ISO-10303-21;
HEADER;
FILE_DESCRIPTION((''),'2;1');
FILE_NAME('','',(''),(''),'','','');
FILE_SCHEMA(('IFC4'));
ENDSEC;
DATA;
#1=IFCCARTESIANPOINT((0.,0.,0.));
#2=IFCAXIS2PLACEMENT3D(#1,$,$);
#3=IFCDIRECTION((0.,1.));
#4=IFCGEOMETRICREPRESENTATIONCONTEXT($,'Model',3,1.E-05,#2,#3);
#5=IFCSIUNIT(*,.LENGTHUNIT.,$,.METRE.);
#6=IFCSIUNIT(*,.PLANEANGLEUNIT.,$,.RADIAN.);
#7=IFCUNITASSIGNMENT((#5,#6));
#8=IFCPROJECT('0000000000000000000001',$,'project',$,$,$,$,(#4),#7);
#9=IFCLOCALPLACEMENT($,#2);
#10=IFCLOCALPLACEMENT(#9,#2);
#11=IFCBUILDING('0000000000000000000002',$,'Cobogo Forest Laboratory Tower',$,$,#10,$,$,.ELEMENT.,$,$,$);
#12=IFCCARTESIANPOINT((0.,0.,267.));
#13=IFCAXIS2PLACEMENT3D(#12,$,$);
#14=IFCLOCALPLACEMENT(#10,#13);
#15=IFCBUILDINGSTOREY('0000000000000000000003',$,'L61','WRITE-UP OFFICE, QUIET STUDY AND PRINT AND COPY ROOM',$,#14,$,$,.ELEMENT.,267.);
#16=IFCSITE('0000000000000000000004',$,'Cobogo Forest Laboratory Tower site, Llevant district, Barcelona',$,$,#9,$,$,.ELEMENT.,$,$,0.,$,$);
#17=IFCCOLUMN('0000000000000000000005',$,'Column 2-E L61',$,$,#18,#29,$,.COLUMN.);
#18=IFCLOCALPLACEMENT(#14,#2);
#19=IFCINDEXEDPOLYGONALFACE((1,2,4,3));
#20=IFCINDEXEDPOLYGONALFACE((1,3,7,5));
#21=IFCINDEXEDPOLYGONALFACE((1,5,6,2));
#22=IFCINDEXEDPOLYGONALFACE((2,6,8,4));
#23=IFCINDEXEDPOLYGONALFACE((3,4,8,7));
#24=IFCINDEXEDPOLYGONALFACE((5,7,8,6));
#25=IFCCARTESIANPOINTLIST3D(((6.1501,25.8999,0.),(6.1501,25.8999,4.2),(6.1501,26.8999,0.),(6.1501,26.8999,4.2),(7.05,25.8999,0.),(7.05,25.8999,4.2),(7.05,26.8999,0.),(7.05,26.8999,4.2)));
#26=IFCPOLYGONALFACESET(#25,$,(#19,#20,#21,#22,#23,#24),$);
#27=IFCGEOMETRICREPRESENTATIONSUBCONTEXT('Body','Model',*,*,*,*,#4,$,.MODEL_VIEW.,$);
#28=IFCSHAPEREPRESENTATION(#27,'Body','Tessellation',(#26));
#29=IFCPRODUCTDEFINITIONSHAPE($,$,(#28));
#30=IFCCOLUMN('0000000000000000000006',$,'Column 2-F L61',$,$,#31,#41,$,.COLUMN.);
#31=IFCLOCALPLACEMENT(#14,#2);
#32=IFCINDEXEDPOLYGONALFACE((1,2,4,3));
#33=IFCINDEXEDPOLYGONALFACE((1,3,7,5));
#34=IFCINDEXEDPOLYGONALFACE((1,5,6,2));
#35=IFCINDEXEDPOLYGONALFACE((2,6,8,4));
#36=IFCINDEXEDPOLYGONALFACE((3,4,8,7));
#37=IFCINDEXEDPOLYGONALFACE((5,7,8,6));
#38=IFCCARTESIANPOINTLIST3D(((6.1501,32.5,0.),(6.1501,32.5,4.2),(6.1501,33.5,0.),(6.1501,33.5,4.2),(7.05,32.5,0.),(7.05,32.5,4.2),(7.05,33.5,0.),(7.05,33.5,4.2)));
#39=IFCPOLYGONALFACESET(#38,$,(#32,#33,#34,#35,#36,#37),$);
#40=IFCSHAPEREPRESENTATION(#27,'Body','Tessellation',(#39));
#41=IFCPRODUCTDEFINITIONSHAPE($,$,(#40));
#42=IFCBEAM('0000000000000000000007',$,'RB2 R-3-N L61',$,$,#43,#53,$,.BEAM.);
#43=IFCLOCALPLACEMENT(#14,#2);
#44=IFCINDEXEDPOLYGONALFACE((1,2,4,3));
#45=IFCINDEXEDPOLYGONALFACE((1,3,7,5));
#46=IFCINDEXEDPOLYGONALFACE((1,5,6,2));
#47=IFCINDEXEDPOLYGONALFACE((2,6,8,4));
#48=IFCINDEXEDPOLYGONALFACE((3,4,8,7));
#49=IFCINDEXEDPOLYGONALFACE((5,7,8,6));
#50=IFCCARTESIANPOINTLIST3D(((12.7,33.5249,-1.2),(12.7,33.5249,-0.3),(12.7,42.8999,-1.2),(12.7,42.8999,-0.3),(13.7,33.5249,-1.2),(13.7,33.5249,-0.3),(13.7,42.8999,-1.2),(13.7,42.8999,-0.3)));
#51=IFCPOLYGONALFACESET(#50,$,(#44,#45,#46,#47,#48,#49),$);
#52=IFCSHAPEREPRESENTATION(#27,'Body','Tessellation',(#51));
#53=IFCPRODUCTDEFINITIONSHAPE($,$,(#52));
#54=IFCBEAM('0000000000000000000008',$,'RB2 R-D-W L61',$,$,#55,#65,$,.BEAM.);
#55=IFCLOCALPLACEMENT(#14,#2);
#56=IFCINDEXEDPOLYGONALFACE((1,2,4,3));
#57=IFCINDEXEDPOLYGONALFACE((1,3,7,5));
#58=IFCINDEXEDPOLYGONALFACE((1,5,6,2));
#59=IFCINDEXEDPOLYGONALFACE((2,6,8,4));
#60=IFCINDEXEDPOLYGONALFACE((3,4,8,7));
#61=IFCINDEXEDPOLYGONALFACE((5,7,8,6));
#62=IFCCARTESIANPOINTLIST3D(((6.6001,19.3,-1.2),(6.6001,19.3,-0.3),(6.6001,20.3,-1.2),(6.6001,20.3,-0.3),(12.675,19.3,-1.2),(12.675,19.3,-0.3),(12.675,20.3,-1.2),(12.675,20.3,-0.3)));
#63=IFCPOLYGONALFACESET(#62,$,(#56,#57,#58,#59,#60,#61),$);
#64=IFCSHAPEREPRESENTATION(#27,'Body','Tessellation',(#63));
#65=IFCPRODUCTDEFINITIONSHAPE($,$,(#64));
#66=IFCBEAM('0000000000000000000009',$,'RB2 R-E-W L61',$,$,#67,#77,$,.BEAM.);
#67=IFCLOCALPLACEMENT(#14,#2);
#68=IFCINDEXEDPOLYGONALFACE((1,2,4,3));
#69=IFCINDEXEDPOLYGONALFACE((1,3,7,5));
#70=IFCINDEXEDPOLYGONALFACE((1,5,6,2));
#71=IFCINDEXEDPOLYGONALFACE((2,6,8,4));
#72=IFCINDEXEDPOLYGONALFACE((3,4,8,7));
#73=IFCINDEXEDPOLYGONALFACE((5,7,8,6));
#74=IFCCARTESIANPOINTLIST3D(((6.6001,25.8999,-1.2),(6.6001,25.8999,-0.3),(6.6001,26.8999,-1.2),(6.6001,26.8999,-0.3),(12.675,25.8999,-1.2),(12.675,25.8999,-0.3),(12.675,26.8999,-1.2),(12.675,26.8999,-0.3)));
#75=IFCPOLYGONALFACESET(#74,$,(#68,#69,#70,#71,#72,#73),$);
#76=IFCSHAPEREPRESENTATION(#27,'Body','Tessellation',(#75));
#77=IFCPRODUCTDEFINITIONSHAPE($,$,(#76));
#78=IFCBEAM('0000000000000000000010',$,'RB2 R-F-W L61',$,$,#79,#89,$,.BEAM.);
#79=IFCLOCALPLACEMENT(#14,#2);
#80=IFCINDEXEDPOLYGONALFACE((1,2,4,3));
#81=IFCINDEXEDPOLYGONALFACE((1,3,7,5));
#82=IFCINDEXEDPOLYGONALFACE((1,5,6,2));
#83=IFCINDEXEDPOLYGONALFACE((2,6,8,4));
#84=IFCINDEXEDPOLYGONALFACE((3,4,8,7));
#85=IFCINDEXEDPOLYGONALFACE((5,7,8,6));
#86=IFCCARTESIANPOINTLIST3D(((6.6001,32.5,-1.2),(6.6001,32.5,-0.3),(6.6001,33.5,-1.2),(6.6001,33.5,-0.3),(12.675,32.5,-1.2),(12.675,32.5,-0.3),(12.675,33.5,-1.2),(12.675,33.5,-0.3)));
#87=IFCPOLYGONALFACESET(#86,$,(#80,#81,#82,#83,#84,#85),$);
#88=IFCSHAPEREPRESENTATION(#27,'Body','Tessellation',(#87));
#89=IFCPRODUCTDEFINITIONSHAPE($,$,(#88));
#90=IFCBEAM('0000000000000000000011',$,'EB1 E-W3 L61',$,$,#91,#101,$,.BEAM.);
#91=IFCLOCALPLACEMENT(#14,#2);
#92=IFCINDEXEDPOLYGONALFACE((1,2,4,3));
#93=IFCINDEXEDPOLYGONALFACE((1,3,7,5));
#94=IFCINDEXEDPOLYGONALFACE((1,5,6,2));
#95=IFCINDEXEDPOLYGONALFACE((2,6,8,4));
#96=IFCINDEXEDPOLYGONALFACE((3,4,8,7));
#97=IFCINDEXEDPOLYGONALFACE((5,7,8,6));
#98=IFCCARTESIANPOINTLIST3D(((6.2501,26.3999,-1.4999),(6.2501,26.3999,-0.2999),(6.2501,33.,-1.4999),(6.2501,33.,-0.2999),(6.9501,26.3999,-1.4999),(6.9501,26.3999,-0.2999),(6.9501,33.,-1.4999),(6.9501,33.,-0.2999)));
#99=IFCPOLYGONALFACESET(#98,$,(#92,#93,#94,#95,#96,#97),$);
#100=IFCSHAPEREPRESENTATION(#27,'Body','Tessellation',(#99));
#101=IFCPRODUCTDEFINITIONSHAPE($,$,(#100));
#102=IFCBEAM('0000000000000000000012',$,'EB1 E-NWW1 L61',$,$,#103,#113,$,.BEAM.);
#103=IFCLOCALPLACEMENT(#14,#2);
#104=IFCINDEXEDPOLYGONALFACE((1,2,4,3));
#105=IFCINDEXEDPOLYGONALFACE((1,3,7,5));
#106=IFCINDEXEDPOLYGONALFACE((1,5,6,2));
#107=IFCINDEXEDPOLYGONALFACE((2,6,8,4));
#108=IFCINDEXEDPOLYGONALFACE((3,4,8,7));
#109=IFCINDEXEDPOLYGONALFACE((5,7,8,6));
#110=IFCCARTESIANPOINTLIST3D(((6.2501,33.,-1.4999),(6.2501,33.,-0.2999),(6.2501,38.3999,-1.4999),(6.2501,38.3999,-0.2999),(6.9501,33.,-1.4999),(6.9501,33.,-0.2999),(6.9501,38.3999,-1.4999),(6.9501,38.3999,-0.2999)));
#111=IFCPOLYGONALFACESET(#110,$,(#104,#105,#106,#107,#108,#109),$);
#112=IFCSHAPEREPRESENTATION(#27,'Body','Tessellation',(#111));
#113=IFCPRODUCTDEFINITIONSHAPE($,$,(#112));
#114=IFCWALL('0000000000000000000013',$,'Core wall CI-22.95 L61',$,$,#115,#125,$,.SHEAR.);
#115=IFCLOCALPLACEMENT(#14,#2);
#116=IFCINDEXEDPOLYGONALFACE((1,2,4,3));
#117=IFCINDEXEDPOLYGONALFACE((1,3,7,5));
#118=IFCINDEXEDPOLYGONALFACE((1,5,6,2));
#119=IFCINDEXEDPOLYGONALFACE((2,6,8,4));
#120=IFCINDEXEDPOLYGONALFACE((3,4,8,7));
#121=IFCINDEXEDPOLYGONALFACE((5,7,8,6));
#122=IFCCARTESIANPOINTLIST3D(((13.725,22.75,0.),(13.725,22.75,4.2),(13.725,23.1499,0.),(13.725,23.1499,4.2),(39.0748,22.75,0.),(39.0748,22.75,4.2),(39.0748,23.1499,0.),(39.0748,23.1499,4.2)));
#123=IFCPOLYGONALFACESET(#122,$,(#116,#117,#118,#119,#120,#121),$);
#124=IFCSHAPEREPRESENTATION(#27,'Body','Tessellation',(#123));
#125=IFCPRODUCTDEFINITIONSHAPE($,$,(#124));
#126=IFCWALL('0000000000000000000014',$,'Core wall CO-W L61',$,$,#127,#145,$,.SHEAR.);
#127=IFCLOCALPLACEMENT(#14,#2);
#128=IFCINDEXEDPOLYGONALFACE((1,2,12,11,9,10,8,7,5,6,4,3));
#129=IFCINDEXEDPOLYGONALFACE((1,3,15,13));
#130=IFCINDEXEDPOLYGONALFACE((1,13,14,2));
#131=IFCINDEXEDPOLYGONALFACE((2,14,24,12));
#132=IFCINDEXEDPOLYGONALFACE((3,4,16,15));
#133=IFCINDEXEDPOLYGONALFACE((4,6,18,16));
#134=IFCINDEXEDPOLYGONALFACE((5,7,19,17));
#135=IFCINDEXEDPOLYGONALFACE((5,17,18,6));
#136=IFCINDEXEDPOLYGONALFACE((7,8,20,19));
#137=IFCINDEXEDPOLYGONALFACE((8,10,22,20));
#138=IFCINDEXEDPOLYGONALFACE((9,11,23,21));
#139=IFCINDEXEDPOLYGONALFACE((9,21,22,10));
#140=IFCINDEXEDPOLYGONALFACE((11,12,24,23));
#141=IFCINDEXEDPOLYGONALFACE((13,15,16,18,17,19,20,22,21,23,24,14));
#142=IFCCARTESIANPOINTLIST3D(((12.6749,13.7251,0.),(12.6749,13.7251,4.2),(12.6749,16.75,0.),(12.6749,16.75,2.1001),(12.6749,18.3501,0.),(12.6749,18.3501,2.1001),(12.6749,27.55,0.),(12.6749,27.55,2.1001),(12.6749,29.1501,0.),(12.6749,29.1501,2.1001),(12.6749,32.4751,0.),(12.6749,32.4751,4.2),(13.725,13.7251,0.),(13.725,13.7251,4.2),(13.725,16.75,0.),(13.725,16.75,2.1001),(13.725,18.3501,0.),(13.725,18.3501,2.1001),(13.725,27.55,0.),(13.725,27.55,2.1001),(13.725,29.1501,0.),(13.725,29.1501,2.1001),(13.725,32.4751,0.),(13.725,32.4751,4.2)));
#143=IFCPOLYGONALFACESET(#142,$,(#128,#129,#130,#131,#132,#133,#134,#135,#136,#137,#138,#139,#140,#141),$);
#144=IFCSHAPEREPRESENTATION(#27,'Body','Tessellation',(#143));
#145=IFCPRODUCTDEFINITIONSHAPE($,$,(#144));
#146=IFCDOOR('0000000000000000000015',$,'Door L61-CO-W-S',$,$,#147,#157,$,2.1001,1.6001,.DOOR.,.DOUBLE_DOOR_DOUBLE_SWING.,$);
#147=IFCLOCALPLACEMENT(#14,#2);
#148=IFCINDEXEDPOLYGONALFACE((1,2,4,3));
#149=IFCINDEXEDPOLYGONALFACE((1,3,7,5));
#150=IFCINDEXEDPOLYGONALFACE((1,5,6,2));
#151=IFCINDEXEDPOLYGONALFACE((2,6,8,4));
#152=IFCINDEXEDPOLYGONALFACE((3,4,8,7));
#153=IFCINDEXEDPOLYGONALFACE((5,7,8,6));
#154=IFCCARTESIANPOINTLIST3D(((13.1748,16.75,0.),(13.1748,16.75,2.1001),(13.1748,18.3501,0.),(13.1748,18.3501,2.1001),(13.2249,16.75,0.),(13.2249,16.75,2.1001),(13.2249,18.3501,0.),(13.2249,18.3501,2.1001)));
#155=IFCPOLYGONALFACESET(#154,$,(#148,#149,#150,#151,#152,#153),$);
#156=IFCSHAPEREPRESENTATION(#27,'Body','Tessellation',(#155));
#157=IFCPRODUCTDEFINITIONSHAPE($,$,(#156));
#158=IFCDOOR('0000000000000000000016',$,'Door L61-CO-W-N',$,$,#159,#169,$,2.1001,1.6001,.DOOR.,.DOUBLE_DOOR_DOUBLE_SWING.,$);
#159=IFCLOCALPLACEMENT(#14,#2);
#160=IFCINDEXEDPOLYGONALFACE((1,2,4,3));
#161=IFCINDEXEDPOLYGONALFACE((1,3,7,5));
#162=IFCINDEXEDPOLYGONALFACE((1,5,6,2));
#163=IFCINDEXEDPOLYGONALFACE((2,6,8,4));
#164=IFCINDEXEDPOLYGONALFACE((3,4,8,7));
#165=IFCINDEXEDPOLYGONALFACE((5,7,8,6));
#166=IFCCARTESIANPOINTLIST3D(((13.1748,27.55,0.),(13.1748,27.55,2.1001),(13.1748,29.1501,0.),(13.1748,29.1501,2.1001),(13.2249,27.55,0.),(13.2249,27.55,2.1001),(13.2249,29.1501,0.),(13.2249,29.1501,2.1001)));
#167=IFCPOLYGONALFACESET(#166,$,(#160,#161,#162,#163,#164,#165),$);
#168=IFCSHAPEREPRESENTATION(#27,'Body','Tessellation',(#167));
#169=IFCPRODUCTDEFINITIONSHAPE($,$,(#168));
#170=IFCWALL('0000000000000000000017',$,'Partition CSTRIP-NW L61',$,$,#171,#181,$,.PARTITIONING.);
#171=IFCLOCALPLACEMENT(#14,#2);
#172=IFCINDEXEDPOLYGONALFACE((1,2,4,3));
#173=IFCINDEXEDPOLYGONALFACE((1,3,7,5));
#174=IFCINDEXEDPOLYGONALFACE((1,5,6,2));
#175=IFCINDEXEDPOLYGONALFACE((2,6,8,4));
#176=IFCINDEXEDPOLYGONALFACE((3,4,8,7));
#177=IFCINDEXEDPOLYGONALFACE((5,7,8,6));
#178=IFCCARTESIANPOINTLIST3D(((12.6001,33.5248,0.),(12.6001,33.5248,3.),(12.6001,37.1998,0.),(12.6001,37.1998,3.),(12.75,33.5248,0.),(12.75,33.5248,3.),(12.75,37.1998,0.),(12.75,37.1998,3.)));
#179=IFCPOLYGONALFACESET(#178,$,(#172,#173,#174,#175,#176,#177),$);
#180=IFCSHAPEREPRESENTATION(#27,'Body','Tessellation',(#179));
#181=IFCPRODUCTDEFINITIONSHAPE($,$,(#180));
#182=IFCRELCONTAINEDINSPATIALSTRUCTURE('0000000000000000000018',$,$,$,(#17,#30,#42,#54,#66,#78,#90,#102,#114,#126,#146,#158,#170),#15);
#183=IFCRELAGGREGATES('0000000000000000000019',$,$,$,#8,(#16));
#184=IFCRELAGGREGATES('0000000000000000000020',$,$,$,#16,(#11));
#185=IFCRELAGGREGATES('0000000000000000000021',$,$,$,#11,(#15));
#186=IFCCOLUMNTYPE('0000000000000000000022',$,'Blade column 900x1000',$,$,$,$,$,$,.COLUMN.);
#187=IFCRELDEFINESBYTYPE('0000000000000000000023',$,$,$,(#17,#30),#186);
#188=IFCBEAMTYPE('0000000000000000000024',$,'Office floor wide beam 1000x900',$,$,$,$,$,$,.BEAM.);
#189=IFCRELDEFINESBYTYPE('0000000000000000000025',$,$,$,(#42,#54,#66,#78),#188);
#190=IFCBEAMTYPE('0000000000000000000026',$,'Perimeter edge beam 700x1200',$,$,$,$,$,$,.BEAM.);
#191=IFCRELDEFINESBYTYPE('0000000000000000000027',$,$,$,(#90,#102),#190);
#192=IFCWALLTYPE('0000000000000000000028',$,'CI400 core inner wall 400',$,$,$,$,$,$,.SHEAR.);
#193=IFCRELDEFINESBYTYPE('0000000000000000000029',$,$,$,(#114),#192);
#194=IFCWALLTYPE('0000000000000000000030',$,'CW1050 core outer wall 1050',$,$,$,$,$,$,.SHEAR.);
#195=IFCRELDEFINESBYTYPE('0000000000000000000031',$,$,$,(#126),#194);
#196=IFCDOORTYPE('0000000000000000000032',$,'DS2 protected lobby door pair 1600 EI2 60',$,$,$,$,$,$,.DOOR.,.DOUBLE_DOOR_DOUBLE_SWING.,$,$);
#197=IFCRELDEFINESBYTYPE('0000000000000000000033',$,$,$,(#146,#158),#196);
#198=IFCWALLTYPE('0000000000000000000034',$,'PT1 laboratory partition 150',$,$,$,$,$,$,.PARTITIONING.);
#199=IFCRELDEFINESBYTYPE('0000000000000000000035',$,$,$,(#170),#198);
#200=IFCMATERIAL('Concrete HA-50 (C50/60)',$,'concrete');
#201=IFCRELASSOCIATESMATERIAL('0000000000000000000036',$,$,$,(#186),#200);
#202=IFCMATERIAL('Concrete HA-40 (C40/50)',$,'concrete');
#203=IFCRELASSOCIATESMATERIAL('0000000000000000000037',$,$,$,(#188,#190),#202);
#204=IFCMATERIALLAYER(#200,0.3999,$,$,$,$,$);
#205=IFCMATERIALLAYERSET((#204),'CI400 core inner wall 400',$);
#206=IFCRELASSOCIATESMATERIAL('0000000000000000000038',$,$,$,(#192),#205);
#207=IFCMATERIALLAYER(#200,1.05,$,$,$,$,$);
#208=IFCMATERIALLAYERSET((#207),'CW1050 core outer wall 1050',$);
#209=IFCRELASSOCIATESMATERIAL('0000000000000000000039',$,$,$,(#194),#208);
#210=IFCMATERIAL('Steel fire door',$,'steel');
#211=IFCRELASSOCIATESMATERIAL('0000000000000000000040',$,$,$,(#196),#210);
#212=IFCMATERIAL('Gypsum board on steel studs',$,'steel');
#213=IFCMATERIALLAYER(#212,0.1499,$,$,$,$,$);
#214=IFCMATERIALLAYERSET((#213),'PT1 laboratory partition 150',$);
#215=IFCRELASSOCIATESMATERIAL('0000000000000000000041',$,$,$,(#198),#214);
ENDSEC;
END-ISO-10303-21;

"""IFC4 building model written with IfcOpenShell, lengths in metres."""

from ifc_helpers import new_model, si_unit, direction, frame, frame_2d, origin, origin_2d, place, context, subcontext, project, spatial, rectangle, extrude, material, layer, layer_set, material_profile, profile_set, type_object, element, fill, save


model = new_model("IFC4")

# Units and contexts
model_context = context("Model", 3, precision=1e-05, world=origin(), true_north=direction((0.0, 1.0)))
body_context = subcontext(model_context, "Body", "Model", "MODEL_VIEW")
ifc_project = project(units=[si_unit("LENGTHUNIT", "METRE"), si_unit("PLANEANGLEUNIT", "RADIAN")], contexts=[model_context])

# Site, building, storey
site_placement = place(None, origin())
site = spatial("IfcSite", under=ifc_project, at=site_placement, Name="Cobogo Forest Laboratory Tower site, Llevant district, Barcelona", CompositionType="ELEMENT", RefElevation=0.0)
building_placement = place(site_placement, origin())
building = spatial("IfcBuilding", under=site, at=building_placement, Name="Cobogo Forest Laboratory Tower", CompositionType="ELEMENT")
storey_placement = place(building_placement, frame((0.0, 0.0, 267.0)))
storey = spatial("IfcBuildingStorey", under=building, at=storey_placement, Name="L61", Description="WRITE-UP OFFICE, QUIET STUDY AND PRINT AND COPY ROOM", CompositionType="ELEMENT", Elevation=267.0)

# Columns
ifc_material_1 = material(Name="Concrete HA-50 (C50/60)", Category="concrete")
ifc_material_profile_1 = material_profile(ifc_material_1, rectangle(XDim=1.0, YDim=0.8999, at=origin_2d()), Name="RC 900x1000")
ifc_profile_set_1 = profile_set([ifc_material_profile_1], Name="Concrete HA-50 (C50/60)")
column_type = type_object("IfcColumnType", Name="Blade column 900x1000", PredefinedType="COLUMN", material=ifc_profile_set_1)
for number, where, z_axis, x_axis, name in (
    (1, (6.6001, 26.3999, 0.0), (0.0, 0.0, 1.0), (0.0, 1.0, 0.0), "Column 2-E L61"),
    (2, (6.6001, 33.0, 0.0), (0.0, 0.0, 1.0), (0.0, 1.0, 0.0), "Column 2-F L61"),
):
    element("IfcColumn", number, at=place(storey_placement, frame(where, z_axis=z_axis, x_axis=x_axis)), inside=storey, type_object=column_type, Name=name, PredefinedType="COLUMN", context=body_context, shape_type="SweptSolid", body=[
        extrude(rectangle(XDim=1.0, YDim=0.8999, at=origin_2d()), origin(), (0.0, 0.0, 1.0), 4.2),
    ])

# Beams
ifc_material_2 = material(Name="Concrete HA-40 (C40/50)", Category="concrete")
ifc_material_profile_2 = material_profile(ifc_material_2, rectangle(XDim=1.0, YDim=0.8999, at=origin_2d()), Name="RC 1000x900")
ifc_profile_set_2 = profile_set([ifc_material_profile_2], Name="Concrete HA-40 (C40/50)")
beam_type_1 = type_object("IfcBeamType", Name="Office floor wide beam 1000x900", PredefinedType="BEAM", material=ifc_profile_set_2)
beam_1_placement = place(storey_placement, frame((13.2, 33.5249, -0.75), z_axis=(0.0, 1.0, 0.0), x_axis=(-1.0, 0.0, 0.0)))
element("IfcBeam", 3, at=beam_1_placement, inside=storey, type_object=beam_type_1, Name="RB2 R-3-N L61", PredefinedType="BEAM", context=body_context, shape_type="SweptSolid", body=[
    extrude(rectangle(XDim=1.0, YDim=0.8999, at=origin_2d()), origin(), (0.0, 0.0, 1.0), 9.375),
])
for number, where, z_axis, x_axis, name in (
    (4, (12.675, 19.8, -0.75), (-1.0, 0.0, 0.0), (0.0, -1.0, 0.0), "RB2 R-D-W L61"),
    (5, (12.675, 26.3999, -0.75), (-1.0, 0.0, 0.0), (0.0, -1.0, 0.0), "RB2 R-E-W L61"),
    (6, (12.675, 33.0, -0.75), (-1.0, 0.0, 0.0), (0.0, -1.0, 0.0), "RB2 R-F-W L61"),
):
    element("IfcBeam", number, at=place(storey_placement, frame(where, z_axis=z_axis, x_axis=x_axis)), inside=storey, type_object=beam_type_1, Name=name, PredefinedType="BEAM", context=body_context, shape_type="SweptSolid", body=[
        extrude(rectangle(XDim=1.0, YDim=0.8999, at=origin_2d()), origin(), (0.0, 0.0, 1.0), 6.075),
    ])
ifc_material_profile_3 = material_profile(ifc_material_2, rectangle(XDim=0.7, YDim=1.2, at=origin_2d()), Name="RC 700x1200")
ifc_profile_set_3 = profile_set([ifc_material_profile_3], Name="Concrete HA-40 (C40/50)")
beam_type_2 = type_object("IfcBeamType", Name="Perimeter edge beam 700x1200", PredefinedType="BEAM", material=ifc_profile_set_3)
beam_2_placement = place(storey_placement, frame((6.6001, 26.3999, -0.8999), z_axis=(0.0, 1.0, 0.0), x_axis=(-1.0, 0.0, 0.0)))
element("IfcBeam", 7, at=beam_2_placement, inside=storey, type_object=beam_type_2, Name="EB1 E-W3 L61", PredefinedType="BEAM", context=body_context, shape_type="SweptSolid", body=[
    extrude(rectangle(XDim=0.7, YDim=1.2, at=origin_2d()), origin(), (0.0, 0.0, 1.0), 6.6001),
])
beam_3_placement = place(storey_placement, frame((6.6001, 33.0, -0.8999), z_axis=(0.0, 1.0, 0.0), x_axis=(-1.0, 0.0, 0.0)))
element("IfcBeam", 8, at=beam_3_placement, inside=storey, type_object=beam_type_2, Name="EB1 E-NWW1 L61", PredefinedType="BEAM", context=body_context, shape_type="SweptSolid", body=[
    extrude(rectangle(XDim=0.7, YDim=1.2, at=origin_2d()), origin(), (0.0, 0.0, 1.0), 5.3999),
])

# Wall
ifc_layer_1 = layer(ifc_material_1, 0.3999)
ifc_layer_set_1 = layer_set([ifc_layer_1], Name="CI400 core inner wall 400")
wall_type_1 = type_object("IfcWallType", Name="CI400 core inner wall 400", PredefinedType="SHEAR", material=ifc_layer_set_1)
wall_1_placement = place(storey_placement, frame((13.7251, 22.95, 0.0), z_axis=(0.0, 0.0, 1.0), x_axis=(1.0, 0.0, 0.0)))
element("IfcWall", 9, at=wall_1_placement, inside=storey, type_object=wall_type_1, Name="Core wall CI-22.95 L61", PredefinedType="SHEAR", context=body_context, shape_type="SweptSolid", body=[
    extrude(rectangle(XDim=25.3499, YDim=0.3999, at=frame_2d((12.6748, 0.0))), origin(), (0.0, 0.0, 1.0), 4.2),
])

# Wall, openings, doors
ifc_layer_2 = layer(ifc_material_1, 1.05)
ifc_layer_set_2 = layer_set([ifc_layer_2], Name="CW1050 core outer wall 1050")
wall_type_2 = type_object("IfcWallType", Name="CW1050 core outer wall 1050", PredefinedType="SHEAR", material=ifc_layer_set_2)
wall_2_placement = place(storey_placement, frame((13.2, 32.4751, 0.0), z_axis=(0.0, 0.0, 1.0), x_axis=(0.0, -1.0, 0.0)))
wall_2 = element("IfcWall", 10, at=wall_2_placement, inside=storey, type_object=wall_type_2, Name="Core wall CO-W L61", PredefinedType="SHEAR", context=body_context, shape_type="SweptSolid", body=[
    extrude(rectangle(XDim=18.75, YDim=1.05, at=frame_2d((9.375, 0.0))), origin(), (0.0, 0.0, 1.0), 4.2),
])
opening_1_placement = place(wall_2_placement, frame((14.125, 0.0, 0.0)))
opening_1 = element("IfcOpeningElement", 11, at=opening_1_placement, cuts=wall_2, PredefinedType="OPENING", context=body_context, shape_type="SweptSolid", body=[
    extrude(rectangle(XDim=1.6001, YDim=2.1001, at=frame_2d((0.8, 1.05))), frame((0.0, 0.5349, 0.0), z_axis=(0.0, -1.0, 0.0), x_axis=(1.0, 0.0, 0.0)), (0.0, 0.0, 1.0), 1.0701),
])
opening_2_placement = place(wall_2_placement, frame((3.325, 0.0, 0.0)))
opening_2 = element("IfcOpeningElement", 12, at=opening_2_placement, cuts=wall_2, PredefinedType="OPENING", context=body_context, shape_type="SweptSolid", body=[
    extrude(rectangle(XDim=1.6001, YDim=2.1001, at=frame_2d((0.8, 1.05))), frame((0.0, 0.5349, 0.0), z_axis=(0.0, -1.0, 0.0), x_axis=(1.0, 0.0, 0.0)), (0.0, 0.0, 1.0), 1.0701),
])
ifc_material_3 = material(Name="Steel fire door", Category="steel")
door_type = type_object("IfcDoorType", Name="DS2 protected lobby door pair 1600 EI2 60", OperationType="DOUBLE_DOOR_DOUBLE_SWING", PredefinedType="DOOR", material=ifc_material_3)
door_1_placement = place(opening_1_placement, origin())
door_1 = element("IfcDoor", 13, at=door_1_placement, inside=storey, type_object=door_type, Name="Door L61-CO-W-S", OperationType="DOUBLE_DOOR_DOUBLE_SWING", OverallHeight=2.1001, OverallWidth=1.6001, PredefinedType="DOOR", context=body_context, shape_type="SweptSolid", body=[
    extrude(rectangle(XDim=1.6001, YDim=2.1001, at=frame_2d((0.8, 1.05))), frame((0.0, 0.0249, 0.0), z_axis=(0.0, -1.0, 0.0), x_axis=(1.0, 0.0, 0.0)), (0.0, 0.0, 1.0), 0.05),
])
fill(opening_1, door_1)
door_2_placement = place(opening_2_placement, origin())
door_2 = element("IfcDoor", 14, at=door_2_placement, inside=storey, type_object=door_type, Name="Door L61-CO-W-N", OperationType="DOUBLE_DOOR_DOUBLE_SWING", OverallHeight=2.1001, OverallWidth=1.6001, PredefinedType="DOOR", context=body_context, shape_type="SweptSolid", body=[
    extrude(rectangle(XDim=1.6001, YDim=2.1001, at=frame_2d((0.8, 1.05))), frame((0.0, 0.0249, 0.0), z_axis=(0.0, -1.0, 0.0), x_axis=(1.0, 0.0, 0.0)), (0.0, 0.0, 1.0), 0.05),
])
fill(opening_2, door_2)

# Wall
ifc_material_4 = material(Name="Gypsum board on steel studs", Category="steel")
ifc_layer_3 = layer(ifc_material_4, 0.1499)
ifc_layer_set_3 = layer_set([ifc_layer_3], Name="PT1 laboratory partition 150")
wall_type_3 = type_object("IfcWallType", Name="PT1 laboratory partition 150", PredefinedType="PARTITIONING", material=ifc_layer_set_3)
wall_3_placement = place(storey_placement, frame((12.675, 33.5249, 0.0), z_axis=(0.0, 0.0, 1.0), x_axis=(0.0, 1.0, 0.0)))
element("IfcWall", 15, at=wall_3_placement, inside=storey, type_object=wall_type_3, Name="Partition CSTRIP-NW L61", PredefinedType="PARTITIONING", context=body_context, shape_type="SweptSolid", body=[
    extrude(rectangle(XDim=3.675, YDim=0.1499, at=frame_2d((1.8374, 0.0))), origin(), (0.0, 0.0, 1.0), 3.0),
])

save(model, "model.ifc")
